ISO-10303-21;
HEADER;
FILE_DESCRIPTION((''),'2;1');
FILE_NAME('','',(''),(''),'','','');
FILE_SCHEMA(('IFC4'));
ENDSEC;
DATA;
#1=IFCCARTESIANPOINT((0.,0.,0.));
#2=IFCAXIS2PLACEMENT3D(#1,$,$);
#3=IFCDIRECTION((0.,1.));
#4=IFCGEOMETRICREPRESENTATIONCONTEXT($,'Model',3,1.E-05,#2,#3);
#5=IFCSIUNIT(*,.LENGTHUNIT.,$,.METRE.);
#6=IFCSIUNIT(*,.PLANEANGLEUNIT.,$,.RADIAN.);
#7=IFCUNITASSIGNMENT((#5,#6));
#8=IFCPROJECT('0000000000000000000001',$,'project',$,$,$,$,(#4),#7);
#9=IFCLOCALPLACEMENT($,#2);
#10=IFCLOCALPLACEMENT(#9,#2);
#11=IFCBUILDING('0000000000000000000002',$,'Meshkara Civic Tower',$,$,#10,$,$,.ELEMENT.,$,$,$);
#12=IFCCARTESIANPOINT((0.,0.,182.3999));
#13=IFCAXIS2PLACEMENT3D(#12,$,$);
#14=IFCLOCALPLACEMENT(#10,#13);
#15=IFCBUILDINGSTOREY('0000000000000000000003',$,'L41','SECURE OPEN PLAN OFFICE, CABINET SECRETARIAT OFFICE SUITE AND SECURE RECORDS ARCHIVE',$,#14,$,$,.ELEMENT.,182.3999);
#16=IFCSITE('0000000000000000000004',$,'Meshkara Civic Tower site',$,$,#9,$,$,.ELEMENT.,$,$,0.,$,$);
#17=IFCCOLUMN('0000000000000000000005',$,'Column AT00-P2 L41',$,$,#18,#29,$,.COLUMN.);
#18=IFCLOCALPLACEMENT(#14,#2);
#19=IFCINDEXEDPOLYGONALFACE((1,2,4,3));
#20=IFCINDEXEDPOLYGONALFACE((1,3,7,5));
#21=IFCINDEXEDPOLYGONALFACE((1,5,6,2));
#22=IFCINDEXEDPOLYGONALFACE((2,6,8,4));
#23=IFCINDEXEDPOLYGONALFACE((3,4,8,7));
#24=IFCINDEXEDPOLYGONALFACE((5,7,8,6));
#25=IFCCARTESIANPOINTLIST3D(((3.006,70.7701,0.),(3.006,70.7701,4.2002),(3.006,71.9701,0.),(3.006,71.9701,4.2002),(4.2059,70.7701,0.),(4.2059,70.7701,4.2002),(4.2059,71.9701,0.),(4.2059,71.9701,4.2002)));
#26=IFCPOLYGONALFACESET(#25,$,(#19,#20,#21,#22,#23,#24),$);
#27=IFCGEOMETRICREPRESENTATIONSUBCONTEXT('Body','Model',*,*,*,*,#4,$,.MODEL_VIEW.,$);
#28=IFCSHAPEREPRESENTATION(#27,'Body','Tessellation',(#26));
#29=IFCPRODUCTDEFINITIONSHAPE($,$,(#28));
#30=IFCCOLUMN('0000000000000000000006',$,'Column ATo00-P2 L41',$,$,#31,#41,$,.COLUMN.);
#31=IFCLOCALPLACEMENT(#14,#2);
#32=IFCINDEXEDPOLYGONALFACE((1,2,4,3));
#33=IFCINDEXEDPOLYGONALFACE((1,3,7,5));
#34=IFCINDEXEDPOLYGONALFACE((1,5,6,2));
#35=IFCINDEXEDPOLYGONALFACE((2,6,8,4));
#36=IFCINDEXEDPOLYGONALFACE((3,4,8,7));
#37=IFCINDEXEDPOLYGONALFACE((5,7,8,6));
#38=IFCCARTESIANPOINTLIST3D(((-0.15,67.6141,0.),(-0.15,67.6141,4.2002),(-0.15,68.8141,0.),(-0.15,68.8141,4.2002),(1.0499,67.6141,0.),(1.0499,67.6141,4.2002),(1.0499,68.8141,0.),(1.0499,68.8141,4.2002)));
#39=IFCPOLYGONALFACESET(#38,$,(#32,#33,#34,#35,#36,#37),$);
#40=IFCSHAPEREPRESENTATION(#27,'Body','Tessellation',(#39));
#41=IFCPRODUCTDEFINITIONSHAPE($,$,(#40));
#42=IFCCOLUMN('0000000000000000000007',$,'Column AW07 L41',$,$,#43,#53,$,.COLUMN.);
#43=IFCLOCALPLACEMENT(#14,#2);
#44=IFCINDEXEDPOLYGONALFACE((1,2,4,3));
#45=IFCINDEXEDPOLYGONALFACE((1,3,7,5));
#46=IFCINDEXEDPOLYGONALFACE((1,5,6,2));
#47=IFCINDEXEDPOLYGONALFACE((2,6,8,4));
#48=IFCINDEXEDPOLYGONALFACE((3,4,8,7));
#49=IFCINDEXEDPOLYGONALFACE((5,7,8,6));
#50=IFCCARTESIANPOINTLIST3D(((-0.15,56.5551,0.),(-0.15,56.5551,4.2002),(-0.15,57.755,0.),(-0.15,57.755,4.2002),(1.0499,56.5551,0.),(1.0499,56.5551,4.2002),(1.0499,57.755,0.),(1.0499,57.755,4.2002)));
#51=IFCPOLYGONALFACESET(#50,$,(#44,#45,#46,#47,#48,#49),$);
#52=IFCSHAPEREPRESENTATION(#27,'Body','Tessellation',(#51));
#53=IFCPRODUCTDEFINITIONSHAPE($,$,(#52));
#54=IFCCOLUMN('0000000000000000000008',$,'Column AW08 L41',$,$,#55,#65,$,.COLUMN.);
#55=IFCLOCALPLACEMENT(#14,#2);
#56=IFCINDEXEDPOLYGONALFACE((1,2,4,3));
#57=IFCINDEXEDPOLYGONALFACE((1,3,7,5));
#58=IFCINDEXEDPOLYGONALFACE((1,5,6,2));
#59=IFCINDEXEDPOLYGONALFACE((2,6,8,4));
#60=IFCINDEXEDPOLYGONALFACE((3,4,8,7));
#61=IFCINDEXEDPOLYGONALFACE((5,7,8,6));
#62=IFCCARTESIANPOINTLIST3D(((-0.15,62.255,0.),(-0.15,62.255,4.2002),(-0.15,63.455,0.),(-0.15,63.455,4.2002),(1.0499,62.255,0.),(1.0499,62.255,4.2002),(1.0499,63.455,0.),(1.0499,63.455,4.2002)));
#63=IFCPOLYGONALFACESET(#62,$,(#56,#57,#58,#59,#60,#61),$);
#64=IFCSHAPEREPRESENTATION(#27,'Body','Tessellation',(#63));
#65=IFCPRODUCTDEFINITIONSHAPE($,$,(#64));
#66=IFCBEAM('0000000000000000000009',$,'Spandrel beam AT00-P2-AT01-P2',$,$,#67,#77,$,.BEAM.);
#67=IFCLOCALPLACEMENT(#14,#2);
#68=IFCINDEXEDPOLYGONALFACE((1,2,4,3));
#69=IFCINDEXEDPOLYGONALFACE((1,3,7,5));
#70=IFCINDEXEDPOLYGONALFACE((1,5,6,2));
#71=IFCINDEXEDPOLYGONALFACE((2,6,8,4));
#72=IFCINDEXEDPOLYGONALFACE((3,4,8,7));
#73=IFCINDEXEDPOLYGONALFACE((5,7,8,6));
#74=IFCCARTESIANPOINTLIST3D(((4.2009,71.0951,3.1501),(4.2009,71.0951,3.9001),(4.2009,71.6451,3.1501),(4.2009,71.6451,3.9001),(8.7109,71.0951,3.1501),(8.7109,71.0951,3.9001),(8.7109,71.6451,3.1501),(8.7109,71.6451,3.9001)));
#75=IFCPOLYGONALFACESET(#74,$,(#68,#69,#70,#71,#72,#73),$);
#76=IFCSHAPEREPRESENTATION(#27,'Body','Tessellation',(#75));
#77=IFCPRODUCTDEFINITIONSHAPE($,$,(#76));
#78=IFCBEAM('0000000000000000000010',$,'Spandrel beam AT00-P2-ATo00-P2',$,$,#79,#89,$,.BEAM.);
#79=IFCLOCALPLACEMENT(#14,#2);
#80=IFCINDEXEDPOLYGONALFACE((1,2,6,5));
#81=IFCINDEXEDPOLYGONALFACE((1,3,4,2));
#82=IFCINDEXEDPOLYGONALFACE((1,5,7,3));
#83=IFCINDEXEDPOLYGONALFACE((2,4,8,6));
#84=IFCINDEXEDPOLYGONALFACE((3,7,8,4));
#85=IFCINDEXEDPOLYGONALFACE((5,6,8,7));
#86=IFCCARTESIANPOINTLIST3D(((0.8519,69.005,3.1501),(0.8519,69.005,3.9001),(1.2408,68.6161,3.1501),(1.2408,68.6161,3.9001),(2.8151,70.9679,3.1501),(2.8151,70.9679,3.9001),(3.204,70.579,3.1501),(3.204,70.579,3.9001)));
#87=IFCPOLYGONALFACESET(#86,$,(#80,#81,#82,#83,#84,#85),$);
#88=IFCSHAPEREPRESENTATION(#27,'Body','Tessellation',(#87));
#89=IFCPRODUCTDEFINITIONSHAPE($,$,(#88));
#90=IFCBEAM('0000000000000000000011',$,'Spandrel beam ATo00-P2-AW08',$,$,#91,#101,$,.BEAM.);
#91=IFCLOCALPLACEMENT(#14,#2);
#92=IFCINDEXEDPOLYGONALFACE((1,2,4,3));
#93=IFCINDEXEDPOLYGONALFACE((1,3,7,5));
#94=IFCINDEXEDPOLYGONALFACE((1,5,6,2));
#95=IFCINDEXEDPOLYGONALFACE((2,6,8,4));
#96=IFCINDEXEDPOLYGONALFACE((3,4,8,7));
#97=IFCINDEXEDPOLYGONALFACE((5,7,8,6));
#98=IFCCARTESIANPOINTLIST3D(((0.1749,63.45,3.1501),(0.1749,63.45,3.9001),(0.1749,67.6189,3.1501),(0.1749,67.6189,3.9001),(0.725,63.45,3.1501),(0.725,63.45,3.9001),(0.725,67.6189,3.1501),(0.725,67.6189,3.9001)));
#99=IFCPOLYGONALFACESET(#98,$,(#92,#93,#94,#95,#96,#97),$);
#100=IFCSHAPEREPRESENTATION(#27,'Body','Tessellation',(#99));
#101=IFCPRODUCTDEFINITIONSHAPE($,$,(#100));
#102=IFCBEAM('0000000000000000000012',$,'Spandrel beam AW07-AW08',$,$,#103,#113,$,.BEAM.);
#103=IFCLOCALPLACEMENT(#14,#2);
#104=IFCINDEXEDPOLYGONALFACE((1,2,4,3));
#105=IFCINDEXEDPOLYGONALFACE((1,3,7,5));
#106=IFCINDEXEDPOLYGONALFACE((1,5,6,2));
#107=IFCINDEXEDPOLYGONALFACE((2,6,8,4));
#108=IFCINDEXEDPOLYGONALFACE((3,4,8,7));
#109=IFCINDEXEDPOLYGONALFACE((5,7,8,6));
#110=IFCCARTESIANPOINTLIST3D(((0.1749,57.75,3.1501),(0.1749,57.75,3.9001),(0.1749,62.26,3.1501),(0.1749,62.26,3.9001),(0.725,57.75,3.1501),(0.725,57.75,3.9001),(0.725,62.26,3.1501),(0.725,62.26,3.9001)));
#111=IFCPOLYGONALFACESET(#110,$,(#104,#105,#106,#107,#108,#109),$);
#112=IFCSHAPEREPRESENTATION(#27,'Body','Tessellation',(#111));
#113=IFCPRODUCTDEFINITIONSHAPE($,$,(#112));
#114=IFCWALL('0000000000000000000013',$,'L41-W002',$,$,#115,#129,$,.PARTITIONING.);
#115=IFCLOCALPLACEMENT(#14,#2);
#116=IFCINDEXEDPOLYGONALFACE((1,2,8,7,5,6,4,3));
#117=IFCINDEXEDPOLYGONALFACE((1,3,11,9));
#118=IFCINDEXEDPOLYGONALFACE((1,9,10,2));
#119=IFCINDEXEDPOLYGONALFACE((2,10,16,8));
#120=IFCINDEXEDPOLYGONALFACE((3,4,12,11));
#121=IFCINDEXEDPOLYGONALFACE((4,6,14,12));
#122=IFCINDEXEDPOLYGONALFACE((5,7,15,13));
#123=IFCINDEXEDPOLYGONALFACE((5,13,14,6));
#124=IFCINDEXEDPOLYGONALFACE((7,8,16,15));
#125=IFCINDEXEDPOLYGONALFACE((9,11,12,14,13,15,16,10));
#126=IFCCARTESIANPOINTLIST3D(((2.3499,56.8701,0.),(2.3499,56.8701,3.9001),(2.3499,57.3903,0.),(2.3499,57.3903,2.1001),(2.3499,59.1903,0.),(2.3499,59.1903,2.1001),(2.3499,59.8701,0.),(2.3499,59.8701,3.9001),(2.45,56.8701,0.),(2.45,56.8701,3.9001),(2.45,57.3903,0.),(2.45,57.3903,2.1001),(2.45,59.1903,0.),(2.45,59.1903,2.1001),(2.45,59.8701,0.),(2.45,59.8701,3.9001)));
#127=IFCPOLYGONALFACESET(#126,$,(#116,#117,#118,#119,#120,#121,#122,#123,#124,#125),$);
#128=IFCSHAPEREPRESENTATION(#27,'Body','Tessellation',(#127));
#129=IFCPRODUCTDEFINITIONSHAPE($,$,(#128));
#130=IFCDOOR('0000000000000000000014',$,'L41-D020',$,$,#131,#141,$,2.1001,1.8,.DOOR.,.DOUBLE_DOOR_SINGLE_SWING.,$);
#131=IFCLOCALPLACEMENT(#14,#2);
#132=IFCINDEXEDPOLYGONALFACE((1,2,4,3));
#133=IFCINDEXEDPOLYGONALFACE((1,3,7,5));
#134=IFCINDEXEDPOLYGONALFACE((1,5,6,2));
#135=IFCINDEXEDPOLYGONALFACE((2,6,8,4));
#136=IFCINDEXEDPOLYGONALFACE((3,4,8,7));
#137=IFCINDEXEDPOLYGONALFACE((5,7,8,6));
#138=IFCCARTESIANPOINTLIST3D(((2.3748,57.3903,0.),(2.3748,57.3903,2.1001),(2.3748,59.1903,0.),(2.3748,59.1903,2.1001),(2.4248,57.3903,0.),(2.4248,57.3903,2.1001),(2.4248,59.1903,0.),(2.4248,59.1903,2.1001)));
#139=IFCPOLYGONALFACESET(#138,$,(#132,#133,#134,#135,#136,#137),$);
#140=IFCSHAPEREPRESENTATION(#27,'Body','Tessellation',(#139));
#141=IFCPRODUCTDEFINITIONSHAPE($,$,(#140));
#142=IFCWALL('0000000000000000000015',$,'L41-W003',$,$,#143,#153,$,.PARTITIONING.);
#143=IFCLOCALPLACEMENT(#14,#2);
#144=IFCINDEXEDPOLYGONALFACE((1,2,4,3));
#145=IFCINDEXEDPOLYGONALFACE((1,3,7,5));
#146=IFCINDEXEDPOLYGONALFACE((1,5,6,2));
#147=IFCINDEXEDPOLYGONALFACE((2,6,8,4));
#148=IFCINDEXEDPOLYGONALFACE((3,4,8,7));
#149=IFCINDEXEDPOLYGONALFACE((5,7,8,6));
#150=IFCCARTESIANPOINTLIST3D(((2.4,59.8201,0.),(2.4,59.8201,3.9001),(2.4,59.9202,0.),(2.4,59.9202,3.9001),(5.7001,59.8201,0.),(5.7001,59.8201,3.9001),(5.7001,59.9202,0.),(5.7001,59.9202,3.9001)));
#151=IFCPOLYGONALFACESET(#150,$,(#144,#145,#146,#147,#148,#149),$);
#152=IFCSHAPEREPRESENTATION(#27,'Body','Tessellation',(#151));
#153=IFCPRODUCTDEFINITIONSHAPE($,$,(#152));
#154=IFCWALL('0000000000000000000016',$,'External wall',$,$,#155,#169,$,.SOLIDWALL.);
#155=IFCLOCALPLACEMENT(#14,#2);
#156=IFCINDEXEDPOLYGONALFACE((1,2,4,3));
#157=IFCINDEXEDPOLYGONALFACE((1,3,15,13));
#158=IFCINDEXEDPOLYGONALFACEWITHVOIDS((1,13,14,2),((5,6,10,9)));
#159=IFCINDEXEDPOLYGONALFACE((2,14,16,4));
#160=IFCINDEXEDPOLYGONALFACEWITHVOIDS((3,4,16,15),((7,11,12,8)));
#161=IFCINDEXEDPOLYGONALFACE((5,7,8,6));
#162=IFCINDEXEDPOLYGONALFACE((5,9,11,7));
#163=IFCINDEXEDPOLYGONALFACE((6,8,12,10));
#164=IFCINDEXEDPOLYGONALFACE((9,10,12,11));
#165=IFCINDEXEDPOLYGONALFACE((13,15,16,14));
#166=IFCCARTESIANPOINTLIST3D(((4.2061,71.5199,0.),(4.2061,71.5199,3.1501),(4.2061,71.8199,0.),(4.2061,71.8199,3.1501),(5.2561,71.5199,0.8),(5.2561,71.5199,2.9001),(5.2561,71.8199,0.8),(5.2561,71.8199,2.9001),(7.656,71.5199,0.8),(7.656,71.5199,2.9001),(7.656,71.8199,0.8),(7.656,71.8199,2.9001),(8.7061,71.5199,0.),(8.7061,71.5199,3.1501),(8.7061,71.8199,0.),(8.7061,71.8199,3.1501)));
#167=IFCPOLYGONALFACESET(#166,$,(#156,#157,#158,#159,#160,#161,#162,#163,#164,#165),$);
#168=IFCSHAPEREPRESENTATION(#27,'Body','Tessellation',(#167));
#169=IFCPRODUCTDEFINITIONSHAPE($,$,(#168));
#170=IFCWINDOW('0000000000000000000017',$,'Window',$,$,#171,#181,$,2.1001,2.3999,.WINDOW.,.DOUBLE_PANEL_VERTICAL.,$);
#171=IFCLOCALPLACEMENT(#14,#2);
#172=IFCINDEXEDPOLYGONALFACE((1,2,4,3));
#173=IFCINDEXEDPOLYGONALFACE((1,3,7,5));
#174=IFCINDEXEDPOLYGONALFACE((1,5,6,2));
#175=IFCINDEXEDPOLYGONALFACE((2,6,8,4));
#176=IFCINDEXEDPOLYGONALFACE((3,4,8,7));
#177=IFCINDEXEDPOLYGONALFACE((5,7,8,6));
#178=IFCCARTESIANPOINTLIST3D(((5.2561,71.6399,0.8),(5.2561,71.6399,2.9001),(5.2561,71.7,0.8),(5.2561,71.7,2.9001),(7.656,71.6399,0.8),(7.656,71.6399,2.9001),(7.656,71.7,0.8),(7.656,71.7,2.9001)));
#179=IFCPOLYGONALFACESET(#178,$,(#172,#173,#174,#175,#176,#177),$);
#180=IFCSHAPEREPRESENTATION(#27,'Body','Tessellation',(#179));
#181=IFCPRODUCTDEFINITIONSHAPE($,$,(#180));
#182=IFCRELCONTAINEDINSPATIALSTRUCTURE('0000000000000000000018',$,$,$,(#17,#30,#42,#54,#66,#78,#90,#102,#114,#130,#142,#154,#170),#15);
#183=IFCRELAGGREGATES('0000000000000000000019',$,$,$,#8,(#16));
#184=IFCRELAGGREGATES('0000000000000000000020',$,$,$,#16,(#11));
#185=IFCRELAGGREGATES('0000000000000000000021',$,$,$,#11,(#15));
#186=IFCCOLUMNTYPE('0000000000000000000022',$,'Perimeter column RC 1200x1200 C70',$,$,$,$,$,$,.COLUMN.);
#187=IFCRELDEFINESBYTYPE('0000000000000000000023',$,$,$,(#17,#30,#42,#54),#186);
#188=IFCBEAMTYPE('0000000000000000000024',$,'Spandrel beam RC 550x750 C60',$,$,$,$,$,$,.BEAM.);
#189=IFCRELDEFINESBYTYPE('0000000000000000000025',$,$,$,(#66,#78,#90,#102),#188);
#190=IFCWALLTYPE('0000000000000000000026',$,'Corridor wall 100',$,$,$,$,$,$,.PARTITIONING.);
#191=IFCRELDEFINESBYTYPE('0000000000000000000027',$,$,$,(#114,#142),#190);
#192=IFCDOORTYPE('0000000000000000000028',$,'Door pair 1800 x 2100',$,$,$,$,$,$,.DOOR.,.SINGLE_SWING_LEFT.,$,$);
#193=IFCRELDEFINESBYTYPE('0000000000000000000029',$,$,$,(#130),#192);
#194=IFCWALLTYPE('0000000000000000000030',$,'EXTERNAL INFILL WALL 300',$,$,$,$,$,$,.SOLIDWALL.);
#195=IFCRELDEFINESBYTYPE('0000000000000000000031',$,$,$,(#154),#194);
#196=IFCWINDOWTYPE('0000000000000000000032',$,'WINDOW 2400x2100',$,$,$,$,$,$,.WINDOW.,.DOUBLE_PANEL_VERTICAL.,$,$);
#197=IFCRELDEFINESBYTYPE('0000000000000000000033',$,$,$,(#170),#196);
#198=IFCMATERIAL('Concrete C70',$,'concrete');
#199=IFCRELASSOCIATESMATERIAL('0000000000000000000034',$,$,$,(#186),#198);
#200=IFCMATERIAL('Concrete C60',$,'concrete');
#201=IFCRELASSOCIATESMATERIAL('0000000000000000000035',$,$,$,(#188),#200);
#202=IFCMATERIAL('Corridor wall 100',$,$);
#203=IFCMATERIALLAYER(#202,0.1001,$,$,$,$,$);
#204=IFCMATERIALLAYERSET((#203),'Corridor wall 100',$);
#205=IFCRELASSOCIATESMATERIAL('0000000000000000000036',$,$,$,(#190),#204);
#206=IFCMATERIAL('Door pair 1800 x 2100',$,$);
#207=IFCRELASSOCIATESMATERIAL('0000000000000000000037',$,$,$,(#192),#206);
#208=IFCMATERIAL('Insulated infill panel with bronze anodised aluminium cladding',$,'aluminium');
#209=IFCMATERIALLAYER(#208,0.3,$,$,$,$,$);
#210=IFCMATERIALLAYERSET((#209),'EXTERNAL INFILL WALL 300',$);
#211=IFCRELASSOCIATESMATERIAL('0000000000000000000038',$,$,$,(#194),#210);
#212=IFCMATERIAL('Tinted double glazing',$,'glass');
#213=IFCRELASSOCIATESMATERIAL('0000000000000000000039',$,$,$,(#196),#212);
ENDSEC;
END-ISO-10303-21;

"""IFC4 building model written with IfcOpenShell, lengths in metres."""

from ifc_helpers import new_model, si_unit, direction, frame, frame_2d, origin, origin_2d, place, context, subcontext, project, spatial, rectangle, extrude, material, layer, layer_set, material_profile, profile_set, type_object, element, fill, save


model = new_model("IFC4")

# Units and contexts
model_context = context("Model", 3, precision=1e-05, world=origin(), true_north=direction((0.0, 1.0)))
body_context = subcontext(model_context, "Body", "Model", "MODEL_VIEW")
ifc_project = project(units=[si_unit("LENGTHUNIT", "METRE"), si_unit("PLANEANGLEUNIT", "RADIAN")], contexts=[model_context])

# Site, building, storey
site_placement = place(None, origin())
site = spatial("IfcSite", under=ifc_project, at=site_placement, Name="Meshkara Civic Tower site", CompositionType="ELEMENT", RefElevation=0.0)
building_placement = place(site_placement, origin())
building = spatial("IfcBuilding", under=site, at=building_placement, Name="Meshkara Civic Tower", CompositionType="ELEMENT")
storey_placement = place(building_placement, frame((0.0, 0.0, 182.3999)))
storey = spatial("IfcBuildingStorey", under=building, at=storey_placement, Name="L41", Description="SECURE OPEN PLAN OFFICE, CABINET SECRETARIAT OFFICE SUITE AND SECURE RECORDS ARCHIVE", CompositionType="ELEMENT", Elevation=182.3999)

# Columns
ifc_material_1 = material(Name="Concrete C70", Category="concrete")
ifc_material_profile_1 = material_profile(ifc_material_1, rectangle(XDim=1.2, YDim=1.2, at=origin_2d()))
ifc_profile_set_1 = profile_set([ifc_material_profile_1], Name="Concrete C70")
column_type = type_object("IfcColumnType", Name="Perimeter column RC 1200x1200 C70", PredefinedType="COLUMN", material=ifc_profile_set_1)
for number, where, z_axis, x_axis, name in (
    (1, (3.606, 71.3701, 0.0), (0.0, 0.0, 1.0), (1.0, 0.0, 0.0), "Column AT00-P2 L41"),
    (2, (0.45, 68.2141, 0.0), (0.0, 0.0, 1.0), (1.0, 0.0, 0.0), "Column ATo00-P2 L41"),
    (3, (0.45, 57.155, 0.0), (0.0, 0.0, 1.0), (1.0, 0.0, 0.0), "Column AW07 L41"),
    (4, (0.45, 62.855, 0.0), (0.0, 0.0, 1.0), (1.0, 0.0, 0.0), "Column AW08 L41"),
):
    element("IfcColumn", number, at=place(storey_placement, frame(where, z_axis=z_axis, x_axis=x_axis)), inside=storey, type_object=column_type, Name=name, PredefinedType="COLUMN", context=body_context, shape_type="SweptSolid", body=[
        extrude(rectangle(XDim=1.2, YDim=1.2, at=origin_2d()), origin(), (0.0, 0.0, 1.0), 4.2002),
    ])

# Beams
ifc_material_2 = material(Name="Concrete C60", Category="concrete")
ifc_material_profile_2 = material_profile(ifc_material_2, rectangle(XDim=0.55, YDim=0.75, at=origin_2d()))
ifc_profile_set_2 = profile_set([ifc_material_profile_2], Name="Concrete C60")
beam_type = type_object("IfcBeamType", Name="Spandrel beam RC 550x750 C60", PredefinedType="BEAM", material=ifc_profile_set_2)
beam_1_placement = place(storey_placement, frame((8.7109, 71.3701, 3.5251), z_axis=(-1.0, 0.0, 0.0), x_axis=(0.0, -1.0, 0.0)))
element("IfcBeam", 5, at=beam_1_placement, inside=storey, type_object=beam_type, Name="Spandrel beam AT00-P2-AT01-P2", PredefinedType="BEAM", context=body_context, shape_type="SweptSolid", body=[
    extrude(rectangle(XDim=0.55, YDim=0.75, at=origin_2d()), origin(), (0.0, 0.0, 1.0), 4.51),
])
beam_2_placement = place(storey_placement, frame((3.0095, 70.7734, 3.5251), z_axis=(-0.707151, -0.707063, 0.0), x_axis=(0.707063, -0.707151, 0.0)))
element("IfcBeam", 6, at=beam_2_placement, inside=storey, type_object=beam_type, Name="Spandrel beam AT00-P2-ATo00-P2", PredefinedType="BEAM", context=body_context, shape_type="SweptSolid", body=[
    extrude(rectangle(XDim=0.55, YDim=0.75, at=origin_2d()), origin(), (0.0, 0.0, 1.0), 2.7761),
])
beam_3_placement = place(storey_placement, frame((0.45, 67.6189, 3.5251), z_axis=(0.0, -1.0, 0.0), x_axis=(1.0, 0.0, 0.0)))
element("IfcBeam", 7, at=beam_3_placement, inside=storey, type_object=beam_type, Name="Spandrel beam ATo00-P2-AW08", PredefinedType="BEAM", context=body_context, shape_type="SweptSolid", body=[
    extrude(rectangle(XDim=0.55, YDim=0.75, at=origin_2d()), origin(), (0.0, 0.0, 1.0), 4.1689),
])
beam_4_placement = place(storey_placement, frame((0.45, 62.26, 3.5251), z_axis=(0.0, -1.0, 0.0), x_axis=(1.0, 0.0, 0.0)))
element("IfcBeam", 8, at=beam_4_placement, inside=storey, type_object=beam_type, Name="Spandrel beam AW07-AW08", PredefinedType="BEAM", context=body_context, shape_type="SweptSolid", body=[
    extrude(rectangle(XDim=0.55, YDim=0.75, at=origin_2d()), origin(), (0.0, 0.0, 1.0), 4.51),
])

# Wall, opening, door
ifc_material_3 = material(Name="Corridor wall 100")
ifc_layer_1 = layer(ifc_material_3, 0.1001)
ifc_layer_set_1 = layer_set([ifc_layer_1], Name="Corridor wall 100")
wall_type_1 = type_object("IfcWallType", Name="Corridor wall 100", PredefinedType="PARTITIONING", material=ifc_layer_set_1)
wall_1_placement = place(storey_placement, frame((2.3999, 59.8701, 0.0), z_axis=(0.0, 0.0, 1.0), x_axis=(0.0, -1.0, 0.0)))
wall_1 = element("IfcWall", 9, at=wall_1_placement, inside=storey, type_object=wall_type_1, Name="L41-W002", PredefinedType="PARTITIONING", context=body_context, shape_type="SweptSolid", body=[
    extrude(rectangle(XDim=3.0, YDim=0.1001, at=frame_2d((1.5, 0.0))), origin(), (0.0, 0.0, 1.0), 3.9001),
])
opening_1_placement = place(wall_1_placement, frame((0.6799, 0.0, 0.0)))
opening_1 = element("IfcOpeningElement", 10, at=opening_1_placement, cuts=wall_1, PredefinedType="OPENING", context=body_context, shape_type="SweptSolid", body=[
    extrude(rectangle(XDim=1.8, YDim=2.1001, at=frame_2d((0.8999, 1.05))), frame((0.0, 0.0601, 0.0), z_axis=(0.0, -1.0, 0.0), x_axis=(1.0, 0.0, 0.0)), (0.0, 0.0, 1.0), 0.1201),
])
ifc_material_4 = material(Name="Door pair 1800 x 2100")
door_type_1 = type_object("IfcDoorType", Name="Door pair 1800 x 2100", OperationType="SINGLE_SWING_LEFT", PredefinedType="DOOR", material=ifc_material_4)
door_1_placement = place(opening_1_placement, origin())
door_1 = element("IfcDoor", 11, at=door_1_placement, inside=storey, type_object=door_type_1, Name="L41-D020", OperationType="DOUBLE_DOOR_SINGLE_SWING", OverallHeight=2.1001, OverallWidth=1.8, PredefinedType="DOOR", context=body_context, shape_type="SweptSolid", body=[
    extrude(rectangle(XDim=1.8, YDim=2.1001, at=frame_2d((0.8999, 1.05))), frame((0.0, 0.0249, 0.0), z_axis=(0.0, -1.0, 0.0), x_axis=(1.0, 0.0, 0.0)), (0.0, 0.0, 1.0), 0.05),
])
fill(opening_1, door_1)

# Wall
wall_2_placement = place(storey_placement, frame((5.7, 59.8701, 0.0), z_axis=(0.0, 0.0, 1.0), x_axis=(-1.0, 0.0, 0.0)))
element("IfcWall", 12, at=wall_2_placement, inside=storey, type_object=wall_type_1, Name="L41-W003", PredefinedType="PARTITIONING", context=body_context, shape_type="SweptSolid", body=[
    extrude(rectangle(XDim=3.3, YDim=0.1001, at=frame_2d((1.6499, 0.0))), origin(), (0.0, 0.0, 1.0), 3.9001),
])

# Wall, opening, window
ifc_material_5 = material(Name="Insulated infill panel with bronze anodised aluminium cladding", Category="aluminium")
ifc_layer_2 = layer(ifc_material_5, 0.3)
ifc_layer_set_2 = layer_set([ifc_layer_2], Name="EXTERNAL INFILL WALL 300")
wall_type_2 = type_object("IfcWallType", Name="EXTERNAL INFILL WALL 300", PredefinedType="SOLIDWALL", material=ifc_layer_set_2)
wall_3_placement = place(storey_placement, frame((8.7061, 71.6699, 0.0), z_axis=(0.0, 0.0, 1.0), x_axis=(-1.0, 0.0, 0.0)))
wall_3 = element("IfcWall", 13, at=wall_3_placement, inside=storey, type_object=wall_type_2, Name="External wall", PredefinedType="SOLIDWALL", context=body_context, shape_type="SweptSolid", body=[
    extrude(rectangle(XDim=4.5, YDim=0.3, at=frame_2d((2.25, 0.0))), origin(), (0.0, 0.0, 1.0), 3.1501),
])
opening_2_placement = place(wall_3_placement, frame((1.05, 0.0, 0.8)))
opening_2 = element("IfcOpeningElement", 14, at=opening_2_placement, cuts=wall_3, PredefinedType="OPENING", context=body_context, shape_type="SweptSolid", body=[
    extrude(rectangle(XDim=2.3999, YDim=2.1001, at=frame_2d((1.2, 1.05))), frame((0.0, 0.1599, 0.0), z_axis=(0.0, -1.0, 0.0), x_axis=(1.0, 0.0, 0.0)), (0.0, 0.0, 1.0), 0.3201),
])
ifc_material_6 = material(Name="Tinted double glazing", Category="glass")
window_type_1 = type_object("IfcWindowType", Name="WINDOW 2400x2100", PartitioningType="DOUBLE_PANEL_VERTICAL", PredefinedType="WINDOW", material=ifc_material_6)
window_1_placement = place(opening_2_placement, origin())
window_1 = element("IfcWindow", 15, at=window_1_placement, inside=storey, type_object=window_type_1, Name="Window", OverallHeight=2.1001, OverallWidth=2.3999, PartitioningType="DOUBLE_PANEL_VERTICAL", PredefinedType="WINDOW", context=body_context, shape_type="SweptSolid", body=[
    extrude(rectangle(XDim=2.3999, YDim=2.1001, at=frame_2d((1.2, 1.05))), frame((0.0, 0.03, 0.0), z_axis=(0.0, -1.0, 0.0), x_axis=(1.0, 0.0, 0.0)), (0.0, 0.0, 1.0), 0.0601),
])
fill(opening_2, window_1)

save(model, "model.ifc")
